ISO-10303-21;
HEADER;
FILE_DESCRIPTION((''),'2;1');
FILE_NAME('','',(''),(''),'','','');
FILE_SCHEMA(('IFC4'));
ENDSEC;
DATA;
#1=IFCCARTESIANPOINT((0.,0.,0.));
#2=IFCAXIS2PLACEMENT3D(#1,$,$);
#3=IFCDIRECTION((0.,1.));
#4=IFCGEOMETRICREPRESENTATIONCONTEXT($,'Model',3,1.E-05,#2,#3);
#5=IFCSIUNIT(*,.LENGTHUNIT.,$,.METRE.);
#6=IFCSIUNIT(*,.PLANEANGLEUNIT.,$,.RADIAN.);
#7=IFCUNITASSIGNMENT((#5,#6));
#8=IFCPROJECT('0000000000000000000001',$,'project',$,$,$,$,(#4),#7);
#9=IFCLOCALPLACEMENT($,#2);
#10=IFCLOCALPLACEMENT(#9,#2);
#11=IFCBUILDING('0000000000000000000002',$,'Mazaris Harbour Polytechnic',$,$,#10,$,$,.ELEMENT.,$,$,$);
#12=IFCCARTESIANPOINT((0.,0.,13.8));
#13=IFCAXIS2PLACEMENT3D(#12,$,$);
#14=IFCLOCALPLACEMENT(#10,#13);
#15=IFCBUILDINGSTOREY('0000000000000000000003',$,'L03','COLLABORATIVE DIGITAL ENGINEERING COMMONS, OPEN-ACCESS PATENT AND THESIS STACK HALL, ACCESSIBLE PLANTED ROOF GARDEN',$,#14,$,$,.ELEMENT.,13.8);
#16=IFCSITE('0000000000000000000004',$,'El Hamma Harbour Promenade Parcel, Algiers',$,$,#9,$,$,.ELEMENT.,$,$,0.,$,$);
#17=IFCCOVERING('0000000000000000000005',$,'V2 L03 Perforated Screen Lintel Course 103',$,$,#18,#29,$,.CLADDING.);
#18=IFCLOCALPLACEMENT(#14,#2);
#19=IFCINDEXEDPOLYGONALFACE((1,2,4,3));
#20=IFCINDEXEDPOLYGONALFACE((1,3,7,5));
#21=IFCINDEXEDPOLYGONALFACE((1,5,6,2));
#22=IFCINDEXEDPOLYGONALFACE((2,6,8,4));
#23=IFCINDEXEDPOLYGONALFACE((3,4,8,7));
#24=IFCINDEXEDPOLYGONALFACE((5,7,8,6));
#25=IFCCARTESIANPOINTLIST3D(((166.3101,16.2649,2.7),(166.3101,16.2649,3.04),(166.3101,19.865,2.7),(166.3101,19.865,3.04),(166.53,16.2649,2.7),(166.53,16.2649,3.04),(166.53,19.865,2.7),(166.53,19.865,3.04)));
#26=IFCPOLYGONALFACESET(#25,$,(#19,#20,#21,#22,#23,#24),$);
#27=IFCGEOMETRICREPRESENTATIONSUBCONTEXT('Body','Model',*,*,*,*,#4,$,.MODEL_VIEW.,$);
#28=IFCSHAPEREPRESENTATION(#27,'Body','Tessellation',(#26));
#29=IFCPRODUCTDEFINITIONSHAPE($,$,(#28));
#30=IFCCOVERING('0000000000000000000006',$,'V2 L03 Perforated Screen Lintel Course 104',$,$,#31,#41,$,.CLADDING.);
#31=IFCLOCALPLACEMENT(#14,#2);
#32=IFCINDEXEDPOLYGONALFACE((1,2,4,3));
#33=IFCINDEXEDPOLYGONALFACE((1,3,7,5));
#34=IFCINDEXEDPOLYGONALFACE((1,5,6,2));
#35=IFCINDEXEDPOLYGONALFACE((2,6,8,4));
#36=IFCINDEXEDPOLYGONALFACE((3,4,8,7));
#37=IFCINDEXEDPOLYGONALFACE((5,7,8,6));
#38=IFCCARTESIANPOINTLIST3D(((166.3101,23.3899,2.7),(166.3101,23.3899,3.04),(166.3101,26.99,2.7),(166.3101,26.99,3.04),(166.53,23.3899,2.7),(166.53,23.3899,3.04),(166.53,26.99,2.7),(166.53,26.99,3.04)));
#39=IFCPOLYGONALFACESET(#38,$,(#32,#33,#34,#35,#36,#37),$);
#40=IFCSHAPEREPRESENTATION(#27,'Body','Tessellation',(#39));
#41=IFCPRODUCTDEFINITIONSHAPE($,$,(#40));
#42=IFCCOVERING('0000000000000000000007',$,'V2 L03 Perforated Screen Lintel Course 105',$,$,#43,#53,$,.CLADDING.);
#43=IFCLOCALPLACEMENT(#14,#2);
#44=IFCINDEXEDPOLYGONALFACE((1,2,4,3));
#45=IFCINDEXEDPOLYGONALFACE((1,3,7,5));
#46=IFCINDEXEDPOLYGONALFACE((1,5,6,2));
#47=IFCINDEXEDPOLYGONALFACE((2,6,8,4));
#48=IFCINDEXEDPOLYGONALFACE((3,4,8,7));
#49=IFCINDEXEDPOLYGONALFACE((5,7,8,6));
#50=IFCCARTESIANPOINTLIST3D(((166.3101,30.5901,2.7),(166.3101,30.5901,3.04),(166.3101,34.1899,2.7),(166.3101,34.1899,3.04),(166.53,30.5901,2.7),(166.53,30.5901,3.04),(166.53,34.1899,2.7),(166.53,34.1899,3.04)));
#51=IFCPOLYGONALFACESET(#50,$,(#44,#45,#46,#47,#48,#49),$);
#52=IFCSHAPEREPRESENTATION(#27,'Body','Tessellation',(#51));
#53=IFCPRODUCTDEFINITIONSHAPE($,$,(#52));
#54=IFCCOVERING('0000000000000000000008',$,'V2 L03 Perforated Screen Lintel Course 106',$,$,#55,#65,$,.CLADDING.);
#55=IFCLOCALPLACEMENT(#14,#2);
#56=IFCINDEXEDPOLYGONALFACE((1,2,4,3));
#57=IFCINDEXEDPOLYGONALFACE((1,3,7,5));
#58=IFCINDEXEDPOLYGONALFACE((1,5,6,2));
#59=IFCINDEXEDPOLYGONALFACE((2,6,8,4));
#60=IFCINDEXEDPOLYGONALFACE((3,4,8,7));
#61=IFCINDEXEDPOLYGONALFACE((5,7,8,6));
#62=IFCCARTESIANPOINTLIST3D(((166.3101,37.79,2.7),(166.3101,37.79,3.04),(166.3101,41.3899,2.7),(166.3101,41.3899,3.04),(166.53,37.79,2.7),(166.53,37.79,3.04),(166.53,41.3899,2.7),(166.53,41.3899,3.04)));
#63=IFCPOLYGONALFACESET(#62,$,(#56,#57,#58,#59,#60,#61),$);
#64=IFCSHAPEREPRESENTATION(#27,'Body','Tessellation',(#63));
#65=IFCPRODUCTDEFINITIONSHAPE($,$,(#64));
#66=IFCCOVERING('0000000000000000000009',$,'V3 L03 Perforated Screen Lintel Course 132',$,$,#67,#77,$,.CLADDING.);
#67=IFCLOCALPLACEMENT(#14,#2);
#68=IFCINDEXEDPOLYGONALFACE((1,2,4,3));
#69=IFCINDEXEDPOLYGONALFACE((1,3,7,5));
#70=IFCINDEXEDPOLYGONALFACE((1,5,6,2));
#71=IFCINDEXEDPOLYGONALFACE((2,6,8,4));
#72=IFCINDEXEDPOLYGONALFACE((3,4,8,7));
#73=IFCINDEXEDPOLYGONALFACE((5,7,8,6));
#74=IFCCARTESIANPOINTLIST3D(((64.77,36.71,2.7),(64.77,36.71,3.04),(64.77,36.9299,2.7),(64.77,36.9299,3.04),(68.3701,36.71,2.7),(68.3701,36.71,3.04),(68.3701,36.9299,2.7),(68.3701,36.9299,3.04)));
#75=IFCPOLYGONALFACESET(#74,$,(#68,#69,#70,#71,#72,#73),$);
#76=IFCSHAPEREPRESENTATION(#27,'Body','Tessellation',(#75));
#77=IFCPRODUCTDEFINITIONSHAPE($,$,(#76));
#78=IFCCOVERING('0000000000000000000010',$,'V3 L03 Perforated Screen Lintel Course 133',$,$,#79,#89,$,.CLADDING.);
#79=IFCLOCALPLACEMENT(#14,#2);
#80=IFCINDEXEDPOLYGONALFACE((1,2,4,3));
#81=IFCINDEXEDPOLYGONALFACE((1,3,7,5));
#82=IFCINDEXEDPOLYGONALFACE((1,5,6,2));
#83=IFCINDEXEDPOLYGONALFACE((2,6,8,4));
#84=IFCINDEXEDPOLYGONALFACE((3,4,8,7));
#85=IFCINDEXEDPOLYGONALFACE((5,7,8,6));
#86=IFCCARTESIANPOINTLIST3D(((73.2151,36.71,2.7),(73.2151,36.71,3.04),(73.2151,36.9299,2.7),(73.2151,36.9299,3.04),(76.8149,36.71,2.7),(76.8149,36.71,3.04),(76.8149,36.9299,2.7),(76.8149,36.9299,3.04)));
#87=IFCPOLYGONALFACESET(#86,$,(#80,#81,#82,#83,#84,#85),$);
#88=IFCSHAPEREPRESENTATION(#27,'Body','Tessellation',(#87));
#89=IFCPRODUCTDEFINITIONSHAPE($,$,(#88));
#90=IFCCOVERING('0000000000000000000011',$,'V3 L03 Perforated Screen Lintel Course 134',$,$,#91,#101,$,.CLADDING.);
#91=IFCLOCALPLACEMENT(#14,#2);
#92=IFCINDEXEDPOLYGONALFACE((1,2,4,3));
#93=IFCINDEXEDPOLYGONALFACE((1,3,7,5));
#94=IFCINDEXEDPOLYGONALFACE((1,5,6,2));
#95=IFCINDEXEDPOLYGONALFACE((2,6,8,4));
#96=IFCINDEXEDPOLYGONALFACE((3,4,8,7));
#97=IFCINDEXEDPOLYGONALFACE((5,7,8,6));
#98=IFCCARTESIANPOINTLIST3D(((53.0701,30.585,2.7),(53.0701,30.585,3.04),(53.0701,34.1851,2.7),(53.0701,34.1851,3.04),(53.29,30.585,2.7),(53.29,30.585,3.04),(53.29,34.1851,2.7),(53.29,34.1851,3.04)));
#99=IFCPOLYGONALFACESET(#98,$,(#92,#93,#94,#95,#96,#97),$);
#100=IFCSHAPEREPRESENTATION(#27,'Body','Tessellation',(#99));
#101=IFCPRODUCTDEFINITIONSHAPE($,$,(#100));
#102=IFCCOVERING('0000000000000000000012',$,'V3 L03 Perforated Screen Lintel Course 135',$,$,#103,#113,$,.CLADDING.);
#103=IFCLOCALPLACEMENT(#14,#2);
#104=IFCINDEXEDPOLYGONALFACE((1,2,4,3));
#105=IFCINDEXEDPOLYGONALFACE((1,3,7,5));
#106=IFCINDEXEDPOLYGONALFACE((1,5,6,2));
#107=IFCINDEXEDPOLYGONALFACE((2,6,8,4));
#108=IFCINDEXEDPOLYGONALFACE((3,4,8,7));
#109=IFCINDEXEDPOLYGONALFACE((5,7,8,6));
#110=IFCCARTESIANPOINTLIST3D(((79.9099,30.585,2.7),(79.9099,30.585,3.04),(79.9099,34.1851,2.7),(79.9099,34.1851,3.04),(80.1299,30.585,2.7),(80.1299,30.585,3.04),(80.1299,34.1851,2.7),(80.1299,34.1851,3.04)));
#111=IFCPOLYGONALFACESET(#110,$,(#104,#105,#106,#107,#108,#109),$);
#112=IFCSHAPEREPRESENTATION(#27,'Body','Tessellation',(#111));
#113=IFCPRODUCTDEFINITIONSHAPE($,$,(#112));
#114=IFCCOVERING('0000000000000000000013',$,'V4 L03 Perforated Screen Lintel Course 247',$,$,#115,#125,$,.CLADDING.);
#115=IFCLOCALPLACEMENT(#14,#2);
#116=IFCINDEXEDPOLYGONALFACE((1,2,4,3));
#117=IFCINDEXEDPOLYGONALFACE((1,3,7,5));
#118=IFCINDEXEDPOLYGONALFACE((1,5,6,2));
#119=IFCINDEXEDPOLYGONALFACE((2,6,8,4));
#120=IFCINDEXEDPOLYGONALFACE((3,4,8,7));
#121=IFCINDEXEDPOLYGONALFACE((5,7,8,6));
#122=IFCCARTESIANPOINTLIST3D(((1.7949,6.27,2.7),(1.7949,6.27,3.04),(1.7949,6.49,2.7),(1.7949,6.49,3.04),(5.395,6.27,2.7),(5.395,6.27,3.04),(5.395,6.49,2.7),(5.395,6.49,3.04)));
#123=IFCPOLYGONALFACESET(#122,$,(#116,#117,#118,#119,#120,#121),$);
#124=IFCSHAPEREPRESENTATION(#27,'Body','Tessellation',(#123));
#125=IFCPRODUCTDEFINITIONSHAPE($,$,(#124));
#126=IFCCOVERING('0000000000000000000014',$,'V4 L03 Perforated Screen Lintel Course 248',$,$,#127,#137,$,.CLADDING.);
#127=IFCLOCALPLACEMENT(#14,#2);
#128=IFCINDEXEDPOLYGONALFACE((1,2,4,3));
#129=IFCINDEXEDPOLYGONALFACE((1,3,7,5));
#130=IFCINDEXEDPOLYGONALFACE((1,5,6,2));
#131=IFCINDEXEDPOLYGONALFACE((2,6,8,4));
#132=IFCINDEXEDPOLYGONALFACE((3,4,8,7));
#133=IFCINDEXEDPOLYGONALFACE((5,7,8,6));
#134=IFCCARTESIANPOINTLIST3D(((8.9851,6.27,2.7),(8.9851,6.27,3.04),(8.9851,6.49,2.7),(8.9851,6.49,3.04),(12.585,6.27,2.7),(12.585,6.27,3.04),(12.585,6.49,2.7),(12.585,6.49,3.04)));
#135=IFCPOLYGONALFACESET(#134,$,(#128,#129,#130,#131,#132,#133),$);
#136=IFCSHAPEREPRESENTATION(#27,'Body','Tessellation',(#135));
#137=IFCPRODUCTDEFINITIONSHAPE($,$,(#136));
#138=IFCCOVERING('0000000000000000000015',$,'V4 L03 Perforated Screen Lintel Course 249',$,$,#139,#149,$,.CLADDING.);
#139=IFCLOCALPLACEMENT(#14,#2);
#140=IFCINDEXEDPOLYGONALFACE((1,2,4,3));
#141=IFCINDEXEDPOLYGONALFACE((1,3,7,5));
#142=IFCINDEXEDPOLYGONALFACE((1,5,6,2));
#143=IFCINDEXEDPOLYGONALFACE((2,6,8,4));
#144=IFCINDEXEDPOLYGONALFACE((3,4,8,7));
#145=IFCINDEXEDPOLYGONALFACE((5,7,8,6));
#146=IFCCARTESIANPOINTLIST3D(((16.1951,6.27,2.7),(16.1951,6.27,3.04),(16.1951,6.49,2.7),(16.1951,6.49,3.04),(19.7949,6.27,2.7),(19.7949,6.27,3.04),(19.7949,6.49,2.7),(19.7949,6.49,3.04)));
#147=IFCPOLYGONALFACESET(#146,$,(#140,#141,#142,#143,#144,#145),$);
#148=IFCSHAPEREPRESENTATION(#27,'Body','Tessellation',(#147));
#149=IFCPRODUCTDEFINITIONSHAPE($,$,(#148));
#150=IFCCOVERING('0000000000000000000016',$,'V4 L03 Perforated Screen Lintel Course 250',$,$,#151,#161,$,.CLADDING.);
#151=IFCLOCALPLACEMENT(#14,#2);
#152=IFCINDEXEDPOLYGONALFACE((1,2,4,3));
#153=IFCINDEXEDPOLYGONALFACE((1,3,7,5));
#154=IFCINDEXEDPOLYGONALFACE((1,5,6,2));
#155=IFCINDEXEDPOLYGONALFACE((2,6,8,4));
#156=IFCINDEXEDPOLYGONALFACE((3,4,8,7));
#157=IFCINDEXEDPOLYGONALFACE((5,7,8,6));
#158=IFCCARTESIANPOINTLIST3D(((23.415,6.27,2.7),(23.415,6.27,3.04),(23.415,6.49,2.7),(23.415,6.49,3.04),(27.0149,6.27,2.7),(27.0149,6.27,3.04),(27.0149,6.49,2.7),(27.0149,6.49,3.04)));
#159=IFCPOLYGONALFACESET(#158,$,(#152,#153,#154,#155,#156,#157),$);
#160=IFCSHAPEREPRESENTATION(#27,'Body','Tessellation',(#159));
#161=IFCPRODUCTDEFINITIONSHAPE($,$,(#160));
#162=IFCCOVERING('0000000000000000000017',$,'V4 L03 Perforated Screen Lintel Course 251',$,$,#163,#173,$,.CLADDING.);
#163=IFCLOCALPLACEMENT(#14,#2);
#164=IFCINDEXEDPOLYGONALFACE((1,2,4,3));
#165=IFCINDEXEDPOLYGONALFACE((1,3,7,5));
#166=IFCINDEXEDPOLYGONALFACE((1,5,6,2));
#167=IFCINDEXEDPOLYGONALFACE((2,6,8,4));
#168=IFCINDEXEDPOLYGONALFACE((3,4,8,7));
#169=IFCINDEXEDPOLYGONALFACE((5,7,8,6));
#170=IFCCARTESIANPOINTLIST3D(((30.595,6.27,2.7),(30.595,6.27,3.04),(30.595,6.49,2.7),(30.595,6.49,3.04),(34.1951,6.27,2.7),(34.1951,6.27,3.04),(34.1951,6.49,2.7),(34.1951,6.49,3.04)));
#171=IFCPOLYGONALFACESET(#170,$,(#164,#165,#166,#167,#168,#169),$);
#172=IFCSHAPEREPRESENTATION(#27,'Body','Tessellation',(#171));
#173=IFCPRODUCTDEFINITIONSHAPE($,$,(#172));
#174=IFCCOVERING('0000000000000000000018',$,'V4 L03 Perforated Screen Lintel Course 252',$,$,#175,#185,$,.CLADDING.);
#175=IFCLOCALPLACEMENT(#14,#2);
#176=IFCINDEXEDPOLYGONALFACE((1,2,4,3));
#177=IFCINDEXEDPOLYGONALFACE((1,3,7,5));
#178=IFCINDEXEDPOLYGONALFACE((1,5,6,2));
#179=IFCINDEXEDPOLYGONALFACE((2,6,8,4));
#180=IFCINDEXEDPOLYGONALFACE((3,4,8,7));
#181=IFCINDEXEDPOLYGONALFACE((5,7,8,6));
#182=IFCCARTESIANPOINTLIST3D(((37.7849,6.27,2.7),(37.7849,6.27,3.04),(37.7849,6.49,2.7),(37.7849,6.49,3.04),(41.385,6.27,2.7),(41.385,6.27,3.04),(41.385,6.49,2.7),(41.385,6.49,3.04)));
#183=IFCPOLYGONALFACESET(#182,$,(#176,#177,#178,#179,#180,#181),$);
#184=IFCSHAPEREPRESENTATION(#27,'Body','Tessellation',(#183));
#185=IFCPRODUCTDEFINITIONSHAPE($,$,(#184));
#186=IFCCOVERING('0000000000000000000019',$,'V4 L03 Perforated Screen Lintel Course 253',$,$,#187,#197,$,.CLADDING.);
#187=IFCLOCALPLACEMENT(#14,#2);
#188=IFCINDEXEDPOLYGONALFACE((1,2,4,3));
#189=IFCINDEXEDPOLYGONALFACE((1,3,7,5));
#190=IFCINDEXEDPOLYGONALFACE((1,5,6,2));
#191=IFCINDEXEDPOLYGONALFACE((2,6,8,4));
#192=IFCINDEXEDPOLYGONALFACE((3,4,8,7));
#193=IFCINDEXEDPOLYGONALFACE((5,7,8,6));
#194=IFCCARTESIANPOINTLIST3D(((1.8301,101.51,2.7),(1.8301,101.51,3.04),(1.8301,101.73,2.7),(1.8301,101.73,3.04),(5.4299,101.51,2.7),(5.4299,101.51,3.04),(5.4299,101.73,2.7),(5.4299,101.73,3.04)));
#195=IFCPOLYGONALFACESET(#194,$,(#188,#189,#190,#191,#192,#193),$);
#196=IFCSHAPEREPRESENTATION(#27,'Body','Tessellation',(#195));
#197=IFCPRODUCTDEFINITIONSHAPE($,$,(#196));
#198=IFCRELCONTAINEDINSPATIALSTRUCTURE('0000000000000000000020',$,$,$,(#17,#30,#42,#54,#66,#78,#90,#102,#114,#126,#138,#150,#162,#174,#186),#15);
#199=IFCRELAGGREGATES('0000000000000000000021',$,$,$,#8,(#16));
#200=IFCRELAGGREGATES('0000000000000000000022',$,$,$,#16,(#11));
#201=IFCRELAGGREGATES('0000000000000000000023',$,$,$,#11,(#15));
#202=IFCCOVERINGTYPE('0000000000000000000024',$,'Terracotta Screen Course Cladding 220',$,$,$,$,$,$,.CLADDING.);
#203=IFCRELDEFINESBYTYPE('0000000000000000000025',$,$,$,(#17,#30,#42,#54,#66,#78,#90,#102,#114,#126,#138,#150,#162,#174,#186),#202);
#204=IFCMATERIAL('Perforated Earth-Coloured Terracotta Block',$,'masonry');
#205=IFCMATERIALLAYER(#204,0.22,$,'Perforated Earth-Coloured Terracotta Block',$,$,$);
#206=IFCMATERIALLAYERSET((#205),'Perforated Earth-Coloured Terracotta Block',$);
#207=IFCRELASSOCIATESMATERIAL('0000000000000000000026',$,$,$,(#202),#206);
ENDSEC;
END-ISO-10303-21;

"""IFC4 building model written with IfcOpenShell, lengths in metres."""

from ifc_helpers import new_model, si_unit, direction, frame, origin, place, context, subcontext, project, spatial, polyline, outline, extrude, material, layer, layer_set, type_object, element, save


model = new_model("IFC4")

# Units and contexts
model_context = context("Model", 3, precision=1e-05, world=origin(), true_north=direction((0.0, 1.0)))
body_context = subcontext(model_context, "Body", "Model", "MODEL_VIEW")
ifc_project = project(units=[si_unit("LENGTHUNIT", "METRE"), si_unit("PLANEANGLEUNIT", "RADIAN")], contexts=[model_context])

# Site, building, storey
site_placement = place(None, origin())
site = spatial("IfcSite", under=ifc_project, at=site_placement, Name="El Hamma Harbour Promenade Parcel, Algiers", CompositionType="ELEMENT", RefElevation=0.0)
building_placement = place(site_placement, origin())
building = spatial("IfcBuilding", under=site, at=building_placement, Name="Mazaris Harbour Polytechnic", CompositionType="ELEMENT")
storey_placement = place(building_placement, frame((0.0, 0.0, 13.8)))
storey = spatial("IfcBuildingStorey", under=building, at=storey_placement, Name="L03", Description="COLLABORATIVE DIGITAL ENGINEERING COMMONS, OPEN-ACCESS PATENT AND THESIS STACK HALL, ACCESSIBLE PLANTED ROOF GARDEN", CompositionType="ELEMENT", Elevation=13.8)

# Coverings
ifc_material = material(Name="Perforated Earth-Coloured Terracotta Block", Category="masonry")
ifc_layer = layer(ifc_material, 0.22, Name="Perforated Earth-Coloured Terracotta Block")
ifc_layer_set = layer_set([ifc_layer], Name="Perforated Earth-Coloured Terracotta Block")
covering_type = type_object("IfcCoveringType", Name="Terracotta Screen Course Cladding 220", PredefinedType="CLADDING", material=ifc_layer_set)
covering_1_placement = place(storey_placement, frame((0.0, 0.0, 2.7)))
element("IfcCovering", 1, at=covering_1_placement, inside=storey, type_object=covering_type, Name="V2 L03 Perforated Screen Lintel Course 103", PredefinedType="CLADDING", context=body_context, shape_type="SweptSolid", body=[
    extrude(outline(polyline([(166.3101, 19.865), (166.3101, 16.2649), (166.53, 16.2649), (166.53, 19.865), (166.3101, 19.865)])), origin(), (0.0, 0.0, 1.0), 0.3401),
])
covering_2_placement = place(storey_placement, frame((0.0, 0.0, 2.7)))
element("IfcCovering", 2, at=covering_2_placement, inside=storey, type_object=covering_type, Name="V2 L03 Perforated Screen Lintel Course 104", PredefinedType="CLADDING", context=body_context, shape_type="SweptSolid", body=[
    extrude(outline(polyline([(166.3101, 26.99), (166.3101, 23.3899), (166.53, 23.3899), (166.53, 26.99), (166.3101, 26.99)])), origin(), (0.0, 0.0, 1.0), 0.3401),
])
covering_3_placement = place(storey_placement, frame((0.0, 0.0, 2.7)))
element("IfcCovering", 3, at=covering_3_placement, inside=storey, type_object=covering_type, Name="V2 L03 Perforated Screen Lintel Course 105", PredefinedType="CLADDING", context=body_context, shape_type="SweptSolid", body=[
    extrude(outline(polyline([(166.3101, 34.1899), (166.3101, 30.5901), (166.53, 30.5901), (166.53, 34.1899), (166.3101, 34.1899)])), origin(), (0.0, 0.0, 1.0), 0.3401),
])
covering_4_placement = place(storey_placement, frame((0.0, 0.0, 2.7)))
element("IfcCovering", 4, at=covering_4_placement, inside=storey, type_object=covering_type, Name="V2 L03 Perforated Screen Lintel Course 106", PredefinedType="CLADDING", context=body_context, shape_type="SweptSolid", body=[
    extrude(outline(polyline([(166.3101, 41.3899), (166.3101, 37.79), (166.53, 37.79), (166.53, 41.3899), (166.3101, 41.3899)])), origin(), (0.0, 0.0, 1.0), 0.3401),
])
covering_5_placement = place(storey_placement, frame((0.0, 0.0, 2.7)))
element("IfcCovering", 5, at=covering_5_placement, inside=storey, type_object=covering_type, Name="V3 L03 Perforated Screen Lintel Course 132", PredefinedType="CLADDING", context=body_context, shape_type="SweptSolid", body=[
    extrude(outline(polyline([(64.77, 36.71), (68.3701, 36.71), (68.3701, 36.9299), (64.77, 36.9299), (64.77, 36.71)])), origin(), (0.0, 0.0, 1.0), 0.3401),
])
covering_6_placement = place(storey_placement, frame((0.0, 0.0, 2.7)))
element("IfcCovering", 6, at=covering_6_placement, inside=storey, type_object=covering_type, Name="V3 L03 Perforated Screen Lintel Course 133", PredefinedType="CLADDING", context=body_context, shape_type="SweptSolid", body=[
    extrude(outline(polyline([(73.2151, 36.71), (76.8149, 36.71), (76.8149, 36.9299), (73.2151, 36.9299), (73.2151, 36.71)])), origin(), (0.0, 0.0, 1.0), 0.3401),
])
covering_7_placement = place(storey_placement, frame((0.0, 0.0, 2.7)))
element("IfcCovering", 7, at=covering_7_placement, inside=storey, type_object=covering_type, Name="V3 L03 Perforated Screen Lintel Course 134", PredefinedType="CLADDING", context=body_context, shape_type="SweptSolid", body=[
    extrude(outline(polyline([(53.29, 30.585), (53.29, 34.1851), (53.0701, 34.1851), (53.0701, 30.585), (53.29, 30.585)])), origin(), (0.0, 0.0, 1.0), 0.3401),
])
covering_8_placement = place(storey_placement, frame((0.0, 0.0, 2.7)))
element("IfcCovering", 8, at=covering_8_placement, inside=storey, type_object=covering_type, Name="V3 L03 Perforated Screen Lintel Course 135", PredefinedType="CLADDING", context=body_context, shape_type="SweptSolid", body=[
    extrude(outline(polyline([(79.9099, 34.1851), (79.9099, 30.585), (80.1299, 30.585), (80.1299, 34.1851), (79.9099, 34.1851)])), origin(), (0.0, 0.0, 1.0), 0.3401),
])
covering_9_placement = place(storey_placement, frame((0.0, 0.0, 2.7)))
element("IfcCovering", 9, at=covering_9_placement, inside=storey, type_object=covering_type, Name="V4 L03 Perforated Screen Lintel Course 247", PredefinedType="CLADDING", context=body_context, shape_type="SweptSolid", body=[
    extrude(outline(polyline([(5.395, 6.49), (1.7949, 6.49), (1.7949, 6.27), (5.395, 6.27), (5.395, 6.49)])), origin(), (0.0, 0.0, 1.0), 0.3401),
])
covering_10_placement = place(storey_placement, frame((0.0, 0.0, 2.7)))
element("IfcCovering", 10, at=covering_10_placement, inside=storey, type_object=covering_type, Name="V4 L03 Perforated Screen Lintel Course 248", PredefinedType="CLADDING", context=body_context, shape_type="SweptSolid", body=[
    extrude(outline(polyline([(12.585, 6.49), (8.9851, 6.49), (8.9851, 6.27), (12.585, 6.27), (12.585, 6.49)])), origin(), (0.0, 0.0, 1.0), 0.3401),
])
covering_11_placement = place(storey_placement, frame((0.0, 0.0, 2.7)))
element("IfcCovering", 11, at=covering_11_placement, inside=storey, type_object=covering_type, Name="V4 L03 Perforated Screen Lintel Course 249", PredefinedType="CLADDING", context=body_context, shape_type="SweptSolid", body=[
    extrude(outline(polyline([(19.7949, 6.49), (16.1951, 6.49), (16.1951, 6.27), (19.7949, 6.27), (19.7949, 6.49)])), origin(), (0.0, 0.0, 1.0), 0.3401),
])
covering_12_placement = place(storey_placement, frame((0.0, 0.0, 2.7)))
element("IfcCovering", 12, at=covering_12_placement, inside=storey, type_object=covering_type, Name="V4 L03 Perforated Screen Lintel Course 250", PredefinedType="CLADDING", context=body_context, shape_type="SweptSolid", body=[
    extrude(outline(polyline([(27.0149, 6.49), (23.415, 6.49), (23.415, 6.27), (27.0149, 6.27), (27.0149, 6.49)])), origin(), (0.0, 0.0, 1.0), 0.3401),
])
covering_13_placement = place(storey_placement, frame((0.0, 0.0, 2.7)))
element("IfcCovering", 13, at=covering_13_placement, inside=storey, type_object=covering_type, Name="V4 L03 Perforated Screen Lintel Course 251", PredefinedType="CLADDING", context=body_context, shape_type="SweptSolid", body=[
    extrude(outline(polyline([(34.1951, 6.49), (30.595, 6.49), (30.595, 6.27), (34.1951, 6.27), (34.1951, 6.49)])), origin(), (0.0, 0.0, 1.0), 0.3401),
])
covering_14_placement = place(storey_placement, frame((0.0, 0.0, 2.7)))
element("IfcCovering", 14, at=covering_14_placement, inside=storey, type_object=covering_type, Name="V4 L03 Perforated Screen Lintel Course 252", PredefinedType="CLADDING", context=body_context, shape_type="SweptSolid", body=[
    extrude(outline(polyline([(41.385, 6.49), (37.7849, 6.49), (37.7849, 6.27), (41.385, 6.27), (41.385, 6.49)])), origin(), (0.0, 0.0, 1.0), 0.3401),
])
covering_15_placement = place(storey_placement, frame((0.0, 0.0, 2.7)))
element("IfcCovering", 15, at=covering_15_placement, inside=storey, type_object=covering_type, Name="V4 L03 Perforated Screen Lintel Course 253", PredefinedType="CLADDING", context=body_context, shape_type="SweptSolid", body=[
    extrude(outline(polyline([(1.8301, 101.51), (5.4299, 101.51), (5.4299, 101.73), (1.8301, 101.73), (1.8301, 101.51)])), origin(), (0.0, 0.0, 1.0), 0.3401),
])

save(model, "model.ifc")
